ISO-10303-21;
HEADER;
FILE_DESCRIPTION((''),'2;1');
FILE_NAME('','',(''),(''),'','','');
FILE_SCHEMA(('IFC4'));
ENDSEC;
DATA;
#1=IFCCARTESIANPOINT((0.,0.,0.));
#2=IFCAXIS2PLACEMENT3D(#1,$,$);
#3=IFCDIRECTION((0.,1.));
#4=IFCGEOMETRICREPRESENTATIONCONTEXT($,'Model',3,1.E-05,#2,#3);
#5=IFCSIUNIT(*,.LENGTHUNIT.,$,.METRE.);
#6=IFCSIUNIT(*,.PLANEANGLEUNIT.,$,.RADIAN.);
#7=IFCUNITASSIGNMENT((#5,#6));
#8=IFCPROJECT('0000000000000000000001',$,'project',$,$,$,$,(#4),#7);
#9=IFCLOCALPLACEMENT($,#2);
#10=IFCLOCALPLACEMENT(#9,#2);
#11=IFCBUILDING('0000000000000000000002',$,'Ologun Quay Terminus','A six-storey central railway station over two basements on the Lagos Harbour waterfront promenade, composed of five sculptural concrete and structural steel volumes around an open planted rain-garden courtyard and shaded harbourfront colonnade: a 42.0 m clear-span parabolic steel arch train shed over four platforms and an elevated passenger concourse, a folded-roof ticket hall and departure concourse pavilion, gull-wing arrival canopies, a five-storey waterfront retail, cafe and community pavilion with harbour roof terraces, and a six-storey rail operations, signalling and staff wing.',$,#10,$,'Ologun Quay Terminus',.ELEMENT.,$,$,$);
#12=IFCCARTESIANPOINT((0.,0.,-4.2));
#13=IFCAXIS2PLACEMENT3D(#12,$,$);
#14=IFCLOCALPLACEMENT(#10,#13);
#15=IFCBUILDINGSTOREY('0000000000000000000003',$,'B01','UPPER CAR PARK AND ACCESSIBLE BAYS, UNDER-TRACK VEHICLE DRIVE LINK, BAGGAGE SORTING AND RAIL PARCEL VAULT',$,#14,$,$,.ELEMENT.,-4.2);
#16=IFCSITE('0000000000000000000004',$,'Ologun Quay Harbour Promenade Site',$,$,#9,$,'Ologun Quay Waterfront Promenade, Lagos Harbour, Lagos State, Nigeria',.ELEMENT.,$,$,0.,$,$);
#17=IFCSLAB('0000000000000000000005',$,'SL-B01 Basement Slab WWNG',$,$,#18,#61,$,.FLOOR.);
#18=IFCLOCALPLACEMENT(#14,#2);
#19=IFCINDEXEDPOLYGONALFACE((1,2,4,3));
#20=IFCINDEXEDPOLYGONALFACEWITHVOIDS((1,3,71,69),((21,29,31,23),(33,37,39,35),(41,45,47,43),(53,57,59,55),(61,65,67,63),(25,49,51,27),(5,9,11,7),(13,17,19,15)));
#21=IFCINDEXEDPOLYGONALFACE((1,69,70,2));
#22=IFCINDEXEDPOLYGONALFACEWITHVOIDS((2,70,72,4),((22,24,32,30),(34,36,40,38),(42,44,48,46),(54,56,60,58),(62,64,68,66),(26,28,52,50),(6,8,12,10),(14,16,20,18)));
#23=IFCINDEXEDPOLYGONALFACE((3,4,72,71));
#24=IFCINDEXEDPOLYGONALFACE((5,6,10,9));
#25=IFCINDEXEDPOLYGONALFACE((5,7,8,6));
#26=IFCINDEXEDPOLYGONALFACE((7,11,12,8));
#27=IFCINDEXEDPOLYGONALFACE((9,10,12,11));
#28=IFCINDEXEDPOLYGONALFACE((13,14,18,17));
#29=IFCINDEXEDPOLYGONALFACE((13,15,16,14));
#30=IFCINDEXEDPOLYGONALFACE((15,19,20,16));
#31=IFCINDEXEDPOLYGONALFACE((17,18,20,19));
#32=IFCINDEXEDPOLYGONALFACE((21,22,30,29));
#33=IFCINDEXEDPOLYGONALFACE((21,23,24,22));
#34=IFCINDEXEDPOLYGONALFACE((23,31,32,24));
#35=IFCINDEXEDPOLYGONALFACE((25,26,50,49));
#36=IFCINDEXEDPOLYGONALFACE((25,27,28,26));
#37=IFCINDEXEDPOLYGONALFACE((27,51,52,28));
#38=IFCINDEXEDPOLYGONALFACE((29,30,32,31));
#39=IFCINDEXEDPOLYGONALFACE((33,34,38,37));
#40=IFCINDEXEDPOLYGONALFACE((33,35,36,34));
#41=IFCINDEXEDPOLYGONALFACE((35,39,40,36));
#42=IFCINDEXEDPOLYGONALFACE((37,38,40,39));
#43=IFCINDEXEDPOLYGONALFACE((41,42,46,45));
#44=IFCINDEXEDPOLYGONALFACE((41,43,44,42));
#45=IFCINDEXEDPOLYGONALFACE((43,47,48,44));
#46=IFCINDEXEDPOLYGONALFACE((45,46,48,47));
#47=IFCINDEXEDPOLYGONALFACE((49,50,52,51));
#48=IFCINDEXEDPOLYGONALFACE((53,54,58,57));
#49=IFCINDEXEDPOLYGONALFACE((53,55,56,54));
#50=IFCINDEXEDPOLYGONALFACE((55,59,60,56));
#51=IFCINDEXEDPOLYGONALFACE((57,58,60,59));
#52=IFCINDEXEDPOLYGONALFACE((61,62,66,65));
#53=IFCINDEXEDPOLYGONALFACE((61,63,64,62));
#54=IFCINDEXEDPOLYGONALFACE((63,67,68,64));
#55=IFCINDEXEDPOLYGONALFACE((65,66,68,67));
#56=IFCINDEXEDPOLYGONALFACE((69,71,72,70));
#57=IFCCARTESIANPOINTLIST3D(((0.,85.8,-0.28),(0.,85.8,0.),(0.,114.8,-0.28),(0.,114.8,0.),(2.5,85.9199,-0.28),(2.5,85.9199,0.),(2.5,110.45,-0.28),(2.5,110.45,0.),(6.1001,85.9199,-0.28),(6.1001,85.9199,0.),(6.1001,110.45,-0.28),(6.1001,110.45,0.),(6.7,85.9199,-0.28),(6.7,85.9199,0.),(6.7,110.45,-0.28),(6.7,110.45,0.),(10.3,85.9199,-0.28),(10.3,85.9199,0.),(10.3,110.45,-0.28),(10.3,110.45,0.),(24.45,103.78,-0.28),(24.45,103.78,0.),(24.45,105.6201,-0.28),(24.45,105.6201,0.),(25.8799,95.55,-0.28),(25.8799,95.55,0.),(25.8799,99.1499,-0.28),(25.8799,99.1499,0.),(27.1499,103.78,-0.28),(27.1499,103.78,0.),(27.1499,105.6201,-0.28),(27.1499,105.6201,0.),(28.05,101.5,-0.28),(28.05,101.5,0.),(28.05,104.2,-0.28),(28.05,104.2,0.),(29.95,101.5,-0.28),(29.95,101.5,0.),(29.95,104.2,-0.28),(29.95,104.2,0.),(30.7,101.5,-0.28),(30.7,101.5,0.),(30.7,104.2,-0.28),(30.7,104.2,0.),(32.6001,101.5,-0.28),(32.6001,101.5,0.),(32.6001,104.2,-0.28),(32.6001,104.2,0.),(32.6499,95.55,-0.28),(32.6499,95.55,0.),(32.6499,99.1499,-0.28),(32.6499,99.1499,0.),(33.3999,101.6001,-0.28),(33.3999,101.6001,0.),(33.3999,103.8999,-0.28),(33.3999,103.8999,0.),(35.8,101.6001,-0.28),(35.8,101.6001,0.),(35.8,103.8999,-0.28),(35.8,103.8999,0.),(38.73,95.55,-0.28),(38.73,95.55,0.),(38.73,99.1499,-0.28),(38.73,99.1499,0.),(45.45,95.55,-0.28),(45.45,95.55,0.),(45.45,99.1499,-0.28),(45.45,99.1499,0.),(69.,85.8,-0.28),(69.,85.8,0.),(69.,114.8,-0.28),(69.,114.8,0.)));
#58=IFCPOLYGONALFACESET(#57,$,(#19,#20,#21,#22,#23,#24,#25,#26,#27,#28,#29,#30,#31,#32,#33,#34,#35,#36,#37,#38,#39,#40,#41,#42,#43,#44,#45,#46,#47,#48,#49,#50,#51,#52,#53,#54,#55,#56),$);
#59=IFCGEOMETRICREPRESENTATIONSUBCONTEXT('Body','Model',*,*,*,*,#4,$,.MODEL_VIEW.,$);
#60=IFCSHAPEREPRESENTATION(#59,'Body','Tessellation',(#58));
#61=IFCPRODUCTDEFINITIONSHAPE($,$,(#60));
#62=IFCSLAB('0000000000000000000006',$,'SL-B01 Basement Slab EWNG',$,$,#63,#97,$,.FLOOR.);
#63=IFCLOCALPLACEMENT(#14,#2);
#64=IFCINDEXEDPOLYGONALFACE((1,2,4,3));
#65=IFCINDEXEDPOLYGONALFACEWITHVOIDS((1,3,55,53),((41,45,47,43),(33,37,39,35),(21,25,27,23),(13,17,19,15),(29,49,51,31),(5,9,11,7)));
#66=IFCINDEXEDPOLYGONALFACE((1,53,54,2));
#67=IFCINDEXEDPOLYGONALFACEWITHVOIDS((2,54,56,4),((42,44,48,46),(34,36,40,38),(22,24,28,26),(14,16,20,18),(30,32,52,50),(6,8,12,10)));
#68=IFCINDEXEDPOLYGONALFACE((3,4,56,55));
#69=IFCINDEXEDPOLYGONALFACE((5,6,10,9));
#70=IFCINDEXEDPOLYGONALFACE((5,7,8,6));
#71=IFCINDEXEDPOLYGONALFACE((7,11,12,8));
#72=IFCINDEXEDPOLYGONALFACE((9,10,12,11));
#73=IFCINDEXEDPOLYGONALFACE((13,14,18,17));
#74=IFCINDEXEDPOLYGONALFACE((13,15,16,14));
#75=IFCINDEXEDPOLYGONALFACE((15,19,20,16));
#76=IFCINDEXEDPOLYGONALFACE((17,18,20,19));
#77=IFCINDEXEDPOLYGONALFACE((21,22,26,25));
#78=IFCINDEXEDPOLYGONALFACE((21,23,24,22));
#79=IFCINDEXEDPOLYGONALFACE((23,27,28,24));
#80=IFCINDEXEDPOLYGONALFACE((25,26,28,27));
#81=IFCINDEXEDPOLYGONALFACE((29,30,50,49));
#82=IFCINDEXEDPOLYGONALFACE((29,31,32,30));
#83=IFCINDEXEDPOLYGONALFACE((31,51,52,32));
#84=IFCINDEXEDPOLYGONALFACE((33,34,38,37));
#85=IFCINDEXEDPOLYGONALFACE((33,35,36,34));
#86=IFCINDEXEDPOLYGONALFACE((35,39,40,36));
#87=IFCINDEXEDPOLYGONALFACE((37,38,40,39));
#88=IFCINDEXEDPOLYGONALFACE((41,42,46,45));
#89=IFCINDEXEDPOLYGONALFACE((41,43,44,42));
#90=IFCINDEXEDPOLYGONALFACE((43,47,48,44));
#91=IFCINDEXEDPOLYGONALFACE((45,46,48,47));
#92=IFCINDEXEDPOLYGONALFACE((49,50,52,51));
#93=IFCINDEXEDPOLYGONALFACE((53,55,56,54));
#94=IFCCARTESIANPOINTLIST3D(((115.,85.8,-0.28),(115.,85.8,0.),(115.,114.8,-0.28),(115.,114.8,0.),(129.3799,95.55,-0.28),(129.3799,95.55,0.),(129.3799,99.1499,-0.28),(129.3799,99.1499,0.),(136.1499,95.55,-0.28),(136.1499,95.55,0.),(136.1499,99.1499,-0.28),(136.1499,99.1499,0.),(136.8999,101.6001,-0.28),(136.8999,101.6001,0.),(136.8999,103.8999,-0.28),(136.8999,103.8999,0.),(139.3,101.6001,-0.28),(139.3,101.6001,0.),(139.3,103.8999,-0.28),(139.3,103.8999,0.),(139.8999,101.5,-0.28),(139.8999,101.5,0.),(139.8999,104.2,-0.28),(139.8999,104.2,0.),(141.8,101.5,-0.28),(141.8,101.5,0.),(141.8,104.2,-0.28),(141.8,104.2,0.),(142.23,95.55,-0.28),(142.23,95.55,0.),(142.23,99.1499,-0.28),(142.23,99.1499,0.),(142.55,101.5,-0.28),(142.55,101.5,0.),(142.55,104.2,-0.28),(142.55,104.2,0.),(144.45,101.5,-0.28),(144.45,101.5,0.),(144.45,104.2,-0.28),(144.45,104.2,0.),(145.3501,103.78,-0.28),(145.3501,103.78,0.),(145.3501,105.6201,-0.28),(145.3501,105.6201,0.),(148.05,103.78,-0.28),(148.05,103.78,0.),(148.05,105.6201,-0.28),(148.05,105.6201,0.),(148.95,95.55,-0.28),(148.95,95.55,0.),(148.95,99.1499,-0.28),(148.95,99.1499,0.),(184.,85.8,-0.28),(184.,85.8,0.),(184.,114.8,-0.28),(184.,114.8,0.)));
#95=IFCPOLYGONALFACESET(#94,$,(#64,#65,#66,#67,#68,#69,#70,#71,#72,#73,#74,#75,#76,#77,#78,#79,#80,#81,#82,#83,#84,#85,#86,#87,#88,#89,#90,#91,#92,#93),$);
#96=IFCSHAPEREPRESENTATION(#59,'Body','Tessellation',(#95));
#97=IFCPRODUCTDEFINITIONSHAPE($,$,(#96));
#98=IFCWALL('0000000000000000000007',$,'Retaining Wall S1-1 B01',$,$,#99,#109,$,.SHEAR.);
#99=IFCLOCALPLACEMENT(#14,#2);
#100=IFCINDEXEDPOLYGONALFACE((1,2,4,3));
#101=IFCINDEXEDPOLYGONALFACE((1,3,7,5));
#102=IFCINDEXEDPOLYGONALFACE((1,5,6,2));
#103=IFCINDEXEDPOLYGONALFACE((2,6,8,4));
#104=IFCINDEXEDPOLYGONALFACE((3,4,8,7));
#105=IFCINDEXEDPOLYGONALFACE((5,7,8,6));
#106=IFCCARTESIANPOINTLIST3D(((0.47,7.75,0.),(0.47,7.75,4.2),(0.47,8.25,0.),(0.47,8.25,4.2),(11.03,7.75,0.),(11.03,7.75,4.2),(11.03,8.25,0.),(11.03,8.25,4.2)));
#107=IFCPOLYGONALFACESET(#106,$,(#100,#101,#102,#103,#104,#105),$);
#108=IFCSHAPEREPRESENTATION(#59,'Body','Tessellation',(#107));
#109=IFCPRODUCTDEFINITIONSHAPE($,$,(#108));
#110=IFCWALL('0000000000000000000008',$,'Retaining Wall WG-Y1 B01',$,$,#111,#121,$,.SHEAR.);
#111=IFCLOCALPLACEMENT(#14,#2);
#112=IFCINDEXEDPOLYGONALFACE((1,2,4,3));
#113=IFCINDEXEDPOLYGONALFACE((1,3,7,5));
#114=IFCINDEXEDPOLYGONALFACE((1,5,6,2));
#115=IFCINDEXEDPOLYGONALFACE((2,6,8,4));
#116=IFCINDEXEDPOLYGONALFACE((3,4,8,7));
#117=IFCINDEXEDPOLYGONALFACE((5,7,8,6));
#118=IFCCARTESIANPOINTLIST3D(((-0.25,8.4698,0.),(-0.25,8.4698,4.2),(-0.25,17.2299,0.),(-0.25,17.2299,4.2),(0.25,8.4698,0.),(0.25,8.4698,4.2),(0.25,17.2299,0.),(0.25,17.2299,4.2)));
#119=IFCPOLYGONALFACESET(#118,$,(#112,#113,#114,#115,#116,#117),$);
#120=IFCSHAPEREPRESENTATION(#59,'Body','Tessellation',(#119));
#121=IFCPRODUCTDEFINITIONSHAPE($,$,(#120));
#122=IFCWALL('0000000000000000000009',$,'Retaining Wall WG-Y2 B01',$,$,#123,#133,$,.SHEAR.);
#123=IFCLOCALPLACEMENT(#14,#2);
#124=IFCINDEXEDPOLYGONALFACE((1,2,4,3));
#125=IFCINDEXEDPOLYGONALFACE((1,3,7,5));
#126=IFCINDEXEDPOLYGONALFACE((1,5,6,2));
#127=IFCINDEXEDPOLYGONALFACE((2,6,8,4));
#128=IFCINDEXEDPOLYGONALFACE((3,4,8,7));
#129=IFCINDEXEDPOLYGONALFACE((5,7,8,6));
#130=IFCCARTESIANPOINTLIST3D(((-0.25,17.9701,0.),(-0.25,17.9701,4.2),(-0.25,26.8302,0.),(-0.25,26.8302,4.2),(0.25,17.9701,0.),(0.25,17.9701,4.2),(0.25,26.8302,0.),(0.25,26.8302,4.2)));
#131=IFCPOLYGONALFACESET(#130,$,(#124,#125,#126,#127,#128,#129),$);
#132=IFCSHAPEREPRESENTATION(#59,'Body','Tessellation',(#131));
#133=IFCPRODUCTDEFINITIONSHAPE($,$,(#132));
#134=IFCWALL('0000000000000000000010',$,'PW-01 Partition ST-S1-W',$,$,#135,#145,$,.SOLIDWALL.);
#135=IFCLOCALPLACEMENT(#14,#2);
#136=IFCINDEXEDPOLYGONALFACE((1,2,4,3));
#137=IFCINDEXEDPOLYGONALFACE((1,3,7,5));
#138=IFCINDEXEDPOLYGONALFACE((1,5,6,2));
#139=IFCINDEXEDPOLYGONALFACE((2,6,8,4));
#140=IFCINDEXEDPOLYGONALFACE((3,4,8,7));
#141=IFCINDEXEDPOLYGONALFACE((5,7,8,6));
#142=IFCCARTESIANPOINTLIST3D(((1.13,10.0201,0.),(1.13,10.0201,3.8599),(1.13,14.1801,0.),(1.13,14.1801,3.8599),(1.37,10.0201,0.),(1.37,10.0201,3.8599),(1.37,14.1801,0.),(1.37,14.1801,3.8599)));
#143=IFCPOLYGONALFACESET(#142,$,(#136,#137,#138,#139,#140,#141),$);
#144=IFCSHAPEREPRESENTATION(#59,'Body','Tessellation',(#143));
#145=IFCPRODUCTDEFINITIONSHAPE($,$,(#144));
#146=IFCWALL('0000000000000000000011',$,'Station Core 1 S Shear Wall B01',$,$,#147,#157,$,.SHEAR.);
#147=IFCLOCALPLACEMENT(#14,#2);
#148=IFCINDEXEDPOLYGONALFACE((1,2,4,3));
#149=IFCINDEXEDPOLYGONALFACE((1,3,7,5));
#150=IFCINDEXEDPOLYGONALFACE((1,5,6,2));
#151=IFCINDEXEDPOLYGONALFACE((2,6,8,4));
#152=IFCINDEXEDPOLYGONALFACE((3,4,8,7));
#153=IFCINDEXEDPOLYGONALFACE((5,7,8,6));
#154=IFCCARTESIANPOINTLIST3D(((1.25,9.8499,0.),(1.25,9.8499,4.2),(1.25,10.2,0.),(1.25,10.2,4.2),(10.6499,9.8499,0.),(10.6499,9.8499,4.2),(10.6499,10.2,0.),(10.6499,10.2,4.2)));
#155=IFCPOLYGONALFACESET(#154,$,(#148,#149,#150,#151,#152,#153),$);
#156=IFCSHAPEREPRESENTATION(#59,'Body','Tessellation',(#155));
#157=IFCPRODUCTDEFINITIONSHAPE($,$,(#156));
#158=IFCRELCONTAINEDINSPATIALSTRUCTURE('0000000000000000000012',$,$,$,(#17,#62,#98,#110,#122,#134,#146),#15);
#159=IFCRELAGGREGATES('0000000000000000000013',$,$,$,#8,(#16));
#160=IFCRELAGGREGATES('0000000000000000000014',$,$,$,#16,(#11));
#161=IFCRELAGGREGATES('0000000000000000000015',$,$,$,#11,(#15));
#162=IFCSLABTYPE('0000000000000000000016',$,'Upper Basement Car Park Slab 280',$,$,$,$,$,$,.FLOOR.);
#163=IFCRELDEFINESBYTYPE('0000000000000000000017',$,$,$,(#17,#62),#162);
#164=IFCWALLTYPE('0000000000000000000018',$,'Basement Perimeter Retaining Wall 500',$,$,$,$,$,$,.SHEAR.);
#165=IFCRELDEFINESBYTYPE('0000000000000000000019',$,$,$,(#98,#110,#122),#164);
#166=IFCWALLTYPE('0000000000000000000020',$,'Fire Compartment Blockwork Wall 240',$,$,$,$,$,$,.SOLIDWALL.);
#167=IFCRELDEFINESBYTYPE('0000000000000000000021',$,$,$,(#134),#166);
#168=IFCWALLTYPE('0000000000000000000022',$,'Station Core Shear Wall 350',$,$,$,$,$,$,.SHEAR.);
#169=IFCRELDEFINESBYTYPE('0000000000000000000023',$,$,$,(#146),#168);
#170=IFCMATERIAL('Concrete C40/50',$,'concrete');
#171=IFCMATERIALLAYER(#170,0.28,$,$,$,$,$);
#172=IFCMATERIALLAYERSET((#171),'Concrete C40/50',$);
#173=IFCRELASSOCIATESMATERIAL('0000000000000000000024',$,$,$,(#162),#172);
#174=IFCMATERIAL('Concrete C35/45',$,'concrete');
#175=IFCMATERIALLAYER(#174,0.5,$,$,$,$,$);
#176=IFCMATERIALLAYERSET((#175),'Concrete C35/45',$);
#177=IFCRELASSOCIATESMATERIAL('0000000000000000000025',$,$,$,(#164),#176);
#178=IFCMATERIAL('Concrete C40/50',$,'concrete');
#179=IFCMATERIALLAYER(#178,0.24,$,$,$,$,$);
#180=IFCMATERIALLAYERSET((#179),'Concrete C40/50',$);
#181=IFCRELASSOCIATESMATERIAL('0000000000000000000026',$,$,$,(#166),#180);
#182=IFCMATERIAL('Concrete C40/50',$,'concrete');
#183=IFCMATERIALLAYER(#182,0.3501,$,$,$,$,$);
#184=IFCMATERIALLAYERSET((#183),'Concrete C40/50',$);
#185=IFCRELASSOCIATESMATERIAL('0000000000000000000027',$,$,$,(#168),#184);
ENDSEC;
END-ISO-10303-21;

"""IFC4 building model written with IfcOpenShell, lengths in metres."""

from ifc_helpers import new_model, si_unit, direction, frame, frame_2d, origin, place, context, subcontext, project, spatial, polyline, rectangle, outline, extrude, material, layer, layer_set, type_object, element, save


model = new_model("IFC4")

# Units and contexts
model_context = context("Model", 3, precision=1e-05, world=origin(), true_north=direction((0.0, 1.0)))
body_context = subcontext(model_context, "Body", "Model", "MODEL_VIEW")
ifc_project = project(units=[si_unit("LENGTHUNIT", "METRE"), si_unit("PLANEANGLEUNIT", "RADIAN")], contexts=[model_context])

# Site, building, storey
site_placement = place(None, origin())
site = spatial("IfcSite", under=ifc_project, at=site_placement, Name="Ologun Quay Harbour Promenade Site", LongName="Ologun Quay Waterfront Promenade, Lagos Harbour, Lagos State, Nigeria", CompositionType="ELEMENT", RefElevation=0.0)
building_placement = place(site_placement, origin())
building = spatial("IfcBuilding", under=site, at=building_placement, Name="Ologun Quay Terminus", Description="A six-storey central railway station over two basements on the Lagos Harbour waterfront promenade, composed of five sculptural concrete and structural steel volumes around an open planted rain-garden courtyard and shaded harbourfront colonnade: a 42.0 m clear-span parabolic steel arch train shed over four platforms and an elevated passenger concourse, a folded-roof ticket hall and departure concourse pavilion, gull-wing arrival canopies, a five-storey waterfront retail, cafe and community pavilion with harbour roof terraces, and a six-storey rail operations, signalling and staff wing.", LongName="Ologun Quay Terminus", CompositionType="ELEMENT")
storey_placement = place(building_placement, frame((0.0, 0.0, -4.2)))
storey = spatial("IfcBuildingStorey", under=building, at=storey_placement, Name="B01", Description="UPPER CAR PARK AND ACCESSIBLE BAYS, UNDER-TRACK VEHICLE DRIVE LINK, BAGGAGE SORTING AND RAIL PARCEL VAULT", CompositionType="ELEMENT", Elevation=-4.2)

# Slabs
ifc_material_1 = material(Name="Concrete C40/50", Category="concrete")
ifc_layer_1 = layer(ifc_material_1, 0.28)
ifc_layer_set_1 = layer_set([ifc_layer_1], Name="Concrete C40/50")
slab_type_1 = type_object("IfcSlabType", Name="Upper Basement Car Park Slab 280", PredefinedType="FLOOR", material=ifc_layer_set_1)
slab_1_placement = place(storey_placement, frame((0.0, 0.0, -0.28)))
element("IfcSlab", 1, at=slab_1_placement, inside=storey, type_object=slab_type_1, Name="SL-B01 Basement Slab WWNG", PredefinedType="FLOOR", context=body_context, shape_type="SweptSolid", body=[
    extrude(outline(polyline([(0.0, 85.8), (69.0, 85.8), (69.0, 114.8), (0.0, 114.8), (0.0, 85.8)]), holes=[polyline([(24.45, 103.78), (24.45, 105.6201), (27.1499, 105.6201), (27.1499, 103.78), (24.45, 103.78)]), polyline([(28.05, 101.5), (28.05, 104.2), (29.95, 104.2), (29.95, 101.5), (28.05, 101.5)]), polyline([(30.7, 101.5), (30.7, 104.2), (32.6001, 104.2), (32.6001, 101.5), (30.7, 101.5)]), polyline([(25.8799, 95.55), (25.8799, 99.1499), (32.6499, 99.1499), (32.6499, 95.55), (25.8799, 95.55)]), polyline([(38.73, 95.55), (38.73, 99.1499), (45.45, 99.1499), (45.45, 95.55), (38.73, 95.55)]), polyline([(2.5, 85.9199), (2.5, 110.45), (6.1001, 110.45), (6.1001, 85.9199), (2.5, 85.9199)]), polyline([(6.7, 85.9199), (6.7, 110.45), (10.3, 110.45), (10.3, 85.9199), (6.7, 85.9199)]), polyline([(33.3999, 101.6001), (33.3999, 103.8999), (35.8, 103.8999), (35.8, 101.6001), (33.3999, 101.6001)])]), origin(), (0.0, 0.0, 1.0), 0.28),
])
slab_2_placement = place(storey_placement, frame((0.0, 0.0, -0.28)))
element("IfcSlab", 2, at=slab_2_placement, inside=storey, type_object=slab_type_1, Name="SL-B01 Basement Slab EWNG", PredefinedType="FLOOR", context=body_context, shape_type="SweptSolid", body=[
    extrude(outline(polyline([(115.0, 85.8), (184.0, 85.8), (184.0, 114.8), (115.0, 114.8), (115.0, 85.8)]), holes=[polyline([(145.3501, 103.78), (145.3501, 105.6201), (148.05, 105.6201), (148.05, 103.78), (145.3501, 103.78)]), polyline([(139.8999, 101.5), (139.8999, 104.2), (141.8, 104.2), (141.8, 101.5), (139.8999, 101.5)]), polyline([(142.55, 101.5), (142.55, 104.2), (144.45, 104.2), (144.45, 101.5), (142.55, 101.5)]), polyline([(129.3799, 95.55), (129.3799, 99.1499), (136.1499, 99.1499), (136.1499, 95.55), (129.3799, 95.55)]), polyline([(142.23, 95.55), (142.23, 99.1499), (148.95, 99.1499), (148.95, 95.55), (142.23, 95.55)]), polyline([(136.8999, 101.6001), (136.8999, 103.8999), (139.3, 103.8999), (139.3, 101.6001), (136.8999, 101.6001)])]), origin(), (0.0, 0.0, 1.0), 0.28),
])

# Walls
ifc_material_2 = material(Name="Concrete C35/45", Category="concrete")
ifc_layer_2 = layer(ifc_material_2, 0.5)
ifc_layer_set_2 = layer_set([ifc_layer_2], Name="Concrete C35/45")
wall_type_1 = type_object("IfcWallType", Name="Basement Perimeter Retaining Wall 500", PredefinedType="SHEAR", material=ifc_layer_set_2)
wall_1_placement = place(storey_placement, frame((0.47, 8.0, 0.0), z_axis=(0.0, 0.0, 1.0), x_axis=(1.0, 0.0, 0.0)))
element("IfcWall", 3, at=wall_1_placement, inside=storey, type_object=wall_type_1, Name="Retaining Wall S1-1 B01", PredefinedType="SHEAR", context=body_context, shape_type="SweptSolid", body=[
    extrude(rectangle(XDim=10.5601, YDim=0.5, at=frame_2d((5.28, 0.0))), origin(), (0.0, 0.0, 1.0), 4.2),
])
wall_2_placement = place(storey_placement, frame((0.0, 8.47, 0.0), z_axis=(0.0, 0.0, 1.0), x_axis=(0.0, 1.0, 0.0)))
element("IfcWall", 4, at=wall_2_placement, inside=storey, type_object=wall_type_1, Name="Retaining Wall WG-Y1 B01", PredefinedType="SHEAR", context=body_context, shape_type="SweptSolid", body=[
    extrude(rectangle(XDim=8.76, YDim=0.5, at=frame_2d((4.3799, 0.0))), origin(), (0.0, 0.0, 1.0), 4.2),
])
wall_3_placement = place(storey_placement, frame((0.0, 17.97, 0.0), z_axis=(0.0, 0.0, 1.0), x_axis=(0.0, 1.0, 0.0)))
element("IfcWall", 5, at=wall_3_placement, inside=storey, type_object=wall_type_1, Name="Retaining Wall WG-Y2 B01", PredefinedType="SHEAR", context=body_context, shape_type="SweptSolid", body=[
    extrude(rectangle(XDim=8.8601, YDim=0.5, at=frame_2d((4.4302, 0.0))), origin(), (0.0, 0.0, 1.0), 4.2),
])
ifc_material_3 = material(Name="Concrete C40/50", Category="concrete")
ifc_layer_3 = layer(ifc_material_3, 0.24)
ifc_layer_set_3 = layer_set([ifc_layer_3], Name="Concrete C40/50")
wall_type_2 = type_object("IfcWallType", Name="Fire Compartment Blockwork Wall 240", PredefinedType="SOLIDWALL", material=ifc_layer_set_3)
wall_4_placement = place(storey_placement, frame((1.25, 10.02, 0.0), z_axis=(0.0, 0.0, 1.0), x_axis=(0.0, 1.0, 0.0)))
element("IfcWall", 6, at=wall_4_placement, inside=storey, type_object=wall_type_2, Name="PW-01 Partition ST-S1-W", PredefinedType="SOLIDWALL", context=body_context, shape_type="SweptSolid", body=[
    extrude(rectangle(XDim=4.1599, YDim=0.24, at=frame_2d((2.0801, 0.0))), origin(), (0.0, 0.0, 1.0), 3.8599),
])
ifc_material_4 = material(Name="Concrete C40/50", Category="concrete")
ifc_layer_4 = layer(ifc_material_4, 0.3501)
ifc_layer_set_4 = layer_set([ifc_layer_4], Name="Concrete C40/50")
wall_type_3 = type_object("IfcWallType", Name="Station Core Shear Wall 350", PredefinedType="SHEAR", material=ifc_layer_set_4)
wall_5_placement = place(storey_placement, frame((1.25, 10.0249, 0.0), z_axis=(0.0, 0.0, 1.0), x_axis=(1.0, 0.0, 0.0)))
element("IfcWall", 7, at=wall_5_placement, inside=storey, type_object=wall_type_3, Name="Station Core 1 S Shear Wall B01", PredefinedType="SHEAR", context=body_context, shape_type="SweptSolid", body=[
    extrude(rectangle(XDim=9.3999, YDim=0.3501, at=frame_2d((4.7, 0.0))), origin(), (0.0, 0.0, 1.0), 4.2),
])

save(model, "model.ifc")
